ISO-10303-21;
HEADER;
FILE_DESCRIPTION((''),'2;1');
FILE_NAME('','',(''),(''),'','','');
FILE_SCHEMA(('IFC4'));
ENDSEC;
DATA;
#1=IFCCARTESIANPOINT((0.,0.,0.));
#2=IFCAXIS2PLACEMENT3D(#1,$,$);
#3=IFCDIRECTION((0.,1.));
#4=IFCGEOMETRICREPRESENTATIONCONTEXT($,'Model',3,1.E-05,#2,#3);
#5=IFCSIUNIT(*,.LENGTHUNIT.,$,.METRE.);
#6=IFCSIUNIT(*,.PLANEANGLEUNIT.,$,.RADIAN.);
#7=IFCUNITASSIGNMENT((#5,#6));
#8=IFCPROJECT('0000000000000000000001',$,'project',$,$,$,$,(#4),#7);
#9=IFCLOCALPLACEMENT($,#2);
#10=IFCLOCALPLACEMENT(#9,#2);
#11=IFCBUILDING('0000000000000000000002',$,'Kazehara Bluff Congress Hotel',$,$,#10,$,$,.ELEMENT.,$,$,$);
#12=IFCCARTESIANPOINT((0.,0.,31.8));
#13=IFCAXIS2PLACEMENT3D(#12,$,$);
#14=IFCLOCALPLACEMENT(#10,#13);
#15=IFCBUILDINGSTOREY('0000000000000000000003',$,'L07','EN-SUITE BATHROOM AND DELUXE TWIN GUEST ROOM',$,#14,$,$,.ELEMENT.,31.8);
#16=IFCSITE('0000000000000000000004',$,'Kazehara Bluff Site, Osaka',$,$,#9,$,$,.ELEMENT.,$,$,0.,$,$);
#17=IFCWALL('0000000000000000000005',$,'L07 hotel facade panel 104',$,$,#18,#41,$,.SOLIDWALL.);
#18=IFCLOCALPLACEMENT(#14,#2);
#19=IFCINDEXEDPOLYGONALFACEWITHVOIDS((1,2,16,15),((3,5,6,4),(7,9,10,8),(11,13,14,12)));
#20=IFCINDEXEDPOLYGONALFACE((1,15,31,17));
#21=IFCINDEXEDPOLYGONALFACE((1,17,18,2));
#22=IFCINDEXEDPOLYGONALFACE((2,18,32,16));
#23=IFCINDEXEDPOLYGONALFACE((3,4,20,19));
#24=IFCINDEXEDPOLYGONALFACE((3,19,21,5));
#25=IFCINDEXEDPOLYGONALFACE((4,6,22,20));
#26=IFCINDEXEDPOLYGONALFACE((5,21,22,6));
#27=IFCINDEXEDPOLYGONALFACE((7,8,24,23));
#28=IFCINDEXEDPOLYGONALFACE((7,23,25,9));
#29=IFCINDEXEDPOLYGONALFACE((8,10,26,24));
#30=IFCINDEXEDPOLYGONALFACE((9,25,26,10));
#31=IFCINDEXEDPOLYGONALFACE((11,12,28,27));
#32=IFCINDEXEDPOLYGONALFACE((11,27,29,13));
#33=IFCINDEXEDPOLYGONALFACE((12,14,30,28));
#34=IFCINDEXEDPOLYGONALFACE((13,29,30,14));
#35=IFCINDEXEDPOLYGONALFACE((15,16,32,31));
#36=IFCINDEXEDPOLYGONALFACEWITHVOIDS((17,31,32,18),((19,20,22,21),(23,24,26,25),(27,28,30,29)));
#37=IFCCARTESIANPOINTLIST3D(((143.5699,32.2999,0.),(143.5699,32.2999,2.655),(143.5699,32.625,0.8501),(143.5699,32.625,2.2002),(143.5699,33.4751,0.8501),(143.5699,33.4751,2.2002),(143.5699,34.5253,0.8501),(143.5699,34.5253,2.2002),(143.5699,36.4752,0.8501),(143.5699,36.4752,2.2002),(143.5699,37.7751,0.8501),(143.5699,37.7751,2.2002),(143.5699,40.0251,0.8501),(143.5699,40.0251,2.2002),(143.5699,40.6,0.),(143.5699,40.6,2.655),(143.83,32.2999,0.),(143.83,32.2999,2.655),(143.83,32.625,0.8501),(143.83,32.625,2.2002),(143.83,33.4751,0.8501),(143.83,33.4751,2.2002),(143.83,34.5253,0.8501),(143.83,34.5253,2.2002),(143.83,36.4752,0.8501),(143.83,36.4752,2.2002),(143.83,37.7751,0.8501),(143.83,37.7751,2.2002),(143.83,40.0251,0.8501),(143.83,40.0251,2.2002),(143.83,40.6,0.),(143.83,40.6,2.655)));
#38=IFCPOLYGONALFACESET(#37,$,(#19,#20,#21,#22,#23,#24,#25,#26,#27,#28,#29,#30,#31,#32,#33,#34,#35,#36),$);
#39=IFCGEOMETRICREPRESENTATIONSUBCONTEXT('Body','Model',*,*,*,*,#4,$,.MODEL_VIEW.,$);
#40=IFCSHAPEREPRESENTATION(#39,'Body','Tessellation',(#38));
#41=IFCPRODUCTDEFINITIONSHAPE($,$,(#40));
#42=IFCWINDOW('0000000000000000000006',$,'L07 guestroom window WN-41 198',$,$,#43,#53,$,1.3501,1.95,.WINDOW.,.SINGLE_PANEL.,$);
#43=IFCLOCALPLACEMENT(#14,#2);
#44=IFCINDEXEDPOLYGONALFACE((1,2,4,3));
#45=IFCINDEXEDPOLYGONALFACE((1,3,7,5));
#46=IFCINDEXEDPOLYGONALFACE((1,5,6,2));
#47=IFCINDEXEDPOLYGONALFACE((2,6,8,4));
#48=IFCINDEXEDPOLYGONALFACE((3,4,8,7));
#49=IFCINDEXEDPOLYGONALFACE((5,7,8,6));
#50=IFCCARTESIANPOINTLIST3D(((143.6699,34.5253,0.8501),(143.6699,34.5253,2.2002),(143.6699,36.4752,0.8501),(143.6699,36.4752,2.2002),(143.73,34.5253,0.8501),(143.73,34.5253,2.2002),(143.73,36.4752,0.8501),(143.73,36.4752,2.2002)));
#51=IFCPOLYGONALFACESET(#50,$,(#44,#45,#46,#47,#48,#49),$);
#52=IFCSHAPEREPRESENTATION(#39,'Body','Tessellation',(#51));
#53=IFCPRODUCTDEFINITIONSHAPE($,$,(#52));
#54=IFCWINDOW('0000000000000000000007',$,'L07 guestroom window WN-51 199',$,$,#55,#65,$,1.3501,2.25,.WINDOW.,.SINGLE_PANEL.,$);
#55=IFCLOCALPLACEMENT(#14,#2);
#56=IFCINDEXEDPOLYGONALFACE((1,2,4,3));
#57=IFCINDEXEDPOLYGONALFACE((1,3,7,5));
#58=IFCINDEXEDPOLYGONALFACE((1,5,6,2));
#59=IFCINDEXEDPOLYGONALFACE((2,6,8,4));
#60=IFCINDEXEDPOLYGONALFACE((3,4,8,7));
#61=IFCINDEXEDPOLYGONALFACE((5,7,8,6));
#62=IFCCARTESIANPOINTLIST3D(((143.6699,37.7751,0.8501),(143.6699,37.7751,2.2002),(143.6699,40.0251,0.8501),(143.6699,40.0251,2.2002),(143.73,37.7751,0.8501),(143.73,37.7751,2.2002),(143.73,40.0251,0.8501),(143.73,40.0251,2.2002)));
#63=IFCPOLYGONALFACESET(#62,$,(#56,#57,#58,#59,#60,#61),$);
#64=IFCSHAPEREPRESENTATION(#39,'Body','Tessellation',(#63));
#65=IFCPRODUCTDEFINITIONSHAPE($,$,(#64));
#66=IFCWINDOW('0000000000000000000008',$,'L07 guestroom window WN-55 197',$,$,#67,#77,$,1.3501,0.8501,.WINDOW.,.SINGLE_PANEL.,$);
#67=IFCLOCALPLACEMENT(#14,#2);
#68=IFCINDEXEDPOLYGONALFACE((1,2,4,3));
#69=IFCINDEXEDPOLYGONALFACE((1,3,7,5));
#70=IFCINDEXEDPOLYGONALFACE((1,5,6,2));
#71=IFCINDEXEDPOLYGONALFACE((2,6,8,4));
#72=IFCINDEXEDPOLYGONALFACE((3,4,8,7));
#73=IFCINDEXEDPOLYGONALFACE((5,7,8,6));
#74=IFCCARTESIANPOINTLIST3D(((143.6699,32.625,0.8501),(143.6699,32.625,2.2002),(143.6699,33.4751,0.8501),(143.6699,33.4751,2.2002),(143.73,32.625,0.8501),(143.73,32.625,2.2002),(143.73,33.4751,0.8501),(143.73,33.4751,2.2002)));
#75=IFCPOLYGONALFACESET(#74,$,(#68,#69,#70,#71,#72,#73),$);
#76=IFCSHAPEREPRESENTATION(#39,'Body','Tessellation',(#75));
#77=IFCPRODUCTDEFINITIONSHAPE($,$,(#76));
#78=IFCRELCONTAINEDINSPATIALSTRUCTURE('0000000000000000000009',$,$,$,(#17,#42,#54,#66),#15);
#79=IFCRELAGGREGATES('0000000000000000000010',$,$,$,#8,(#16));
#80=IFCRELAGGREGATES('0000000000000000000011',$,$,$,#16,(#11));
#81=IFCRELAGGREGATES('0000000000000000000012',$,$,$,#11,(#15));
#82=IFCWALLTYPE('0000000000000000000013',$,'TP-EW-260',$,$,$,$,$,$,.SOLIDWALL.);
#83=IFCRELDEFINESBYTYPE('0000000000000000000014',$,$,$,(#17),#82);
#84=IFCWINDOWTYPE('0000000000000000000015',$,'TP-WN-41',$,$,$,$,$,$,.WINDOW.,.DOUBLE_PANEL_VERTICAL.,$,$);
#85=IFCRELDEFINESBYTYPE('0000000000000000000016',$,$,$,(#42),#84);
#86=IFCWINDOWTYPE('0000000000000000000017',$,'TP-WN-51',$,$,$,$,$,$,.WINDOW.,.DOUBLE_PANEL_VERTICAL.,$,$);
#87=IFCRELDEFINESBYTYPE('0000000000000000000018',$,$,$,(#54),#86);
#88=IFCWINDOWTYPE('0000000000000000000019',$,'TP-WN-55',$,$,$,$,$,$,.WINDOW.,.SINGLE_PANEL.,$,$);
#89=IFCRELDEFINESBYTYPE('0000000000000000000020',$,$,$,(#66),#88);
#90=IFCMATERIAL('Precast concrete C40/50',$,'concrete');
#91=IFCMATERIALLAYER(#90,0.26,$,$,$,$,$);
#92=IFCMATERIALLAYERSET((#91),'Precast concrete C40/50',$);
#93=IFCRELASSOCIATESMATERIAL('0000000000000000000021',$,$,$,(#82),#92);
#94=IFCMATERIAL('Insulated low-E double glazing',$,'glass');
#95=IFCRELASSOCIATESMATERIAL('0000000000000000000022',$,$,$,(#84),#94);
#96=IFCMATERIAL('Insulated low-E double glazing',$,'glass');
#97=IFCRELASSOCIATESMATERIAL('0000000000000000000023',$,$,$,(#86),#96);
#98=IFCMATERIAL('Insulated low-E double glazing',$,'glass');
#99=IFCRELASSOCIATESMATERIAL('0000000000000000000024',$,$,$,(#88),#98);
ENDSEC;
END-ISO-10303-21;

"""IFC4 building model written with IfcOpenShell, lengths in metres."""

from ifc_helpers import new_model, si_unit, direction, frame, frame_2d, origin, place, context, subcontext, project, spatial, rectangle, extrude, material, layer, layer_set, type_object, element, fill, save


model = new_model("IFC4")

# Units and contexts
model_context = context("Model", 3, precision=1e-05, world=origin(), true_north=direction((0.0, 1.0)))
body_context = subcontext(model_context, "Body", "Model", "MODEL_VIEW")
ifc_project = project(units=[si_unit("LENGTHUNIT", "METRE"), si_unit("PLANEANGLEUNIT", "RADIAN")], contexts=[model_context])

# Site, building, storey
site_placement = place(None, origin())
site = spatial("IfcSite", under=ifc_project, at=site_placement, Name="Kazehara Bluff Site, Osaka", CompositionType="ELEMENT", RefElevation=0.0)
building_placement = place(site_placement, origin())
building = spatial("IfcBuilding", under=site, at=building_placement, Name="Kazehara Bluff Congress Hotel", CompositionType="ELEMENT")
storey_placement = place(building_placement, frame((0.0, 0.0, 31.8)))
storey = spatial("IfcBuildingStorey", under=building, at=storey_placement, Name="L07", Description="EN-SUITE BATHROOM AND DELUXE TWIN GUEST ROOM", CompositionType="ELEMENT", Elevation=31.8)

# Shared definitions
ifc_material_1 = material(Name="Precast concrete C40/50", Category="concrete")
ifc_layer = layer(ifc_material_1, 0.26)
ifc_layer_set = layer_set([ifc_layer], Name="Precast concrete C40/50")
wall_type = type_object("IfcWallType", Name="TP-EW-260", PredefinedType="SOLIDWALL", material=ifc_layer_set)

# Wall, openings, windows
wall_1_placement = place(storey_placement, frame((143.7, 32.3, 0.0), z_axis=(0.0, 0.0, 1.0), x_axis=(0.0, 1.0, 0.0)))
wall_1 = element("IfcWall", 1, at=wall_1_placement, inside=storey, type_object=wall_type, Name="L07 hotel facade panel 104", PredefinedType="SOLIDWALL", context=body_context, shape_type="SweptSolid", body=[
    extrude(rectangle(XDim=8.3, YDim=0.26, at=frame_2d((4.1499, 0.0))), origin(), (0.0, 0.0, 1.0), 2.655),
])
opening_1_placement = place(wall_1_placement, frame((0.325, 0.0, 0.8501)))
opening_1 = element("IfcOpeningElement", 2, at=opening_1_placement, cuts=wall_1, PredefinedType="OPENING", context=body_context, shape_type="SweptSolid", body=[
    extrude(rectangle(XDim=0.8501, YDim=1.3501, at=frame_2d((0.425, 0.675))), frame((0.0, 0.1399, 0.0), z_axis=(0.0, -1.0, 0.0), x_axis=(1.0, 0.0, 0.0)), (0.0, 0.0, 1.0), 0.28),
])
opening_2_placement = place(wall_1_placement, frame((2.2251, 0.0, 0.8501)))
opening_2 = element("IfcOpeningElement", 3, at=opening_2_placement, cuts=wall_1, PredefinedType="OPENING", context=body_context, shape_type="SweptSolid", body=[
    extrude(rectangle(XDim=1.95, YDim=1.3501, at=frame_2d((0.9751, 0.675))), frame((0.0, 0.1399, 0.0), z_axis=(0.0, -1.0, 0.0), x_axis=(1.0, 0.0, 0.0)), (0.0, 0.0, 1.0), 0.28),
])
opening_3_placement = place(wall_1_placement, frame((5.4751, 0.0, 0.8501)))
opening_3 = element("IfcOpeningElement", 4, at=opening_3_placement, cuts=wall_1, PredefinedType="OPENING", context=body_context, shape_type="SweptSolid", body=[
    extrude(rectangle(XDim=2.25, YDim=1.3501, at=frame_2d((1.125, 0.675))), frame((0.0, 0.1399, 0.0), z_axis=(0.0, -1.0, 0.0), x_axis=(1.0, 0.0, 0.0)), (0.0, 0.0, 1.0), 0.28),
])
ifc_material_2 = material(Name="Insulated low-E double glazing", Category="glass")
window_type_1 = type_object("IfcWindowType", Name="TP-WN-41", PartitioningType="DOUBLE_PANEL_VERTICAL", PredefinedType="WINDOW", material=ifc_material_2)
window_1_placement = place(opening_2_placement, origin())
window_1 = element("IfcWindow", 5, at=window_1_placement, inside=storey, type_object=window_type_1, Name="L07 guestroom window WN-41 198", OverallHeight=1.3501, OverallWidth=1.95, PartitioningType="SINGLE_PANEL", PredefinedType="WINDOW", context=body_context, shape_type="SweptSolid", body=[
    extrude(rectangle(XDim=1.95, YDim=1.3501, at=frame_2d((0.9751, 0.675))), frame((0.0, 0.03, 0.0), z_axis=(0.0, -1.0, 0.0), x_axis=(1.0, 0.0, 0.0)), (0.0, 0.0, 1.0), 0.0601),
])
fill(opening_2, window_1)
ifc_material_3 = material(Name="Insulated low-E double glazing", Category="glass")
window_type_2 = type_object("IfcWindowType", Name="TP-WN-51", PartitioningType="DOUBLE_PANEL_VERTICAL", PredefinedType="WINDOW", material=ifc_material_3)
window_2_placement = place(opening_3_placement, origin())
window_2 = element("IfcWindow", 6, at=window_2_placement, inside=storey, type_object=window_type_2, Name="L07 guestroom window WN-51 199", OverallHeight=1.3501, OverallWidth=2.25, PartitioningType="SINGLE_PANEL", PredefinedType="WINDOW", context=body_context, shape_type="SweptSolid", body=[
    extrude(rectangle(XDim=2.25, YDim=1.3501, at=frame_2d((1.125, 0.675))), frame((0.0, 0.03, 0.0), z_axis=(0.0, -1.0, 0.0), x_axis=(1.0, 0.0, 0.0)), (0.0, 0.0, 1.0), 0.0601),
])
fill(opening_3, window_2)
ifc_material_4 = material(Name="Insulated low-E double glazing", Category="glass")
window_type_3 = type_object("IfcWindowType", Name="TP-WN-55", PartitioningType="SINGLE_PANEL", PredefinedType="WINDOW", material=ifc_material_4)
window_3_placement = place(opening_1_placement, origin())
window_3 = element("IfcWindow", 7, at=window_3_placement, inside=storey, type_object=window_type_3, Name="L07 guestroom window WN-55 197", OverallHeight=1.3501, OverallWidth=0.8501, PartitioningType="SINGLE_PANEL", PredefinedType="WINDOW", context=body_context, shape_type="SweptSolid", body=[
    extrude(rectangle(XDim=0.8501, YDim=1.3501, at=frame_2d((0.425, 0.675))), frame((0.0, 0.03, 0.0), z_axis=(0.0, -1.0, 0.0), x_axis=(1.0, 0.0, 0.0)), (0.0, 0.0, 1.0), 0.0601),
])
fill(opening_1, window_3)

save(model, "model.ifc")
